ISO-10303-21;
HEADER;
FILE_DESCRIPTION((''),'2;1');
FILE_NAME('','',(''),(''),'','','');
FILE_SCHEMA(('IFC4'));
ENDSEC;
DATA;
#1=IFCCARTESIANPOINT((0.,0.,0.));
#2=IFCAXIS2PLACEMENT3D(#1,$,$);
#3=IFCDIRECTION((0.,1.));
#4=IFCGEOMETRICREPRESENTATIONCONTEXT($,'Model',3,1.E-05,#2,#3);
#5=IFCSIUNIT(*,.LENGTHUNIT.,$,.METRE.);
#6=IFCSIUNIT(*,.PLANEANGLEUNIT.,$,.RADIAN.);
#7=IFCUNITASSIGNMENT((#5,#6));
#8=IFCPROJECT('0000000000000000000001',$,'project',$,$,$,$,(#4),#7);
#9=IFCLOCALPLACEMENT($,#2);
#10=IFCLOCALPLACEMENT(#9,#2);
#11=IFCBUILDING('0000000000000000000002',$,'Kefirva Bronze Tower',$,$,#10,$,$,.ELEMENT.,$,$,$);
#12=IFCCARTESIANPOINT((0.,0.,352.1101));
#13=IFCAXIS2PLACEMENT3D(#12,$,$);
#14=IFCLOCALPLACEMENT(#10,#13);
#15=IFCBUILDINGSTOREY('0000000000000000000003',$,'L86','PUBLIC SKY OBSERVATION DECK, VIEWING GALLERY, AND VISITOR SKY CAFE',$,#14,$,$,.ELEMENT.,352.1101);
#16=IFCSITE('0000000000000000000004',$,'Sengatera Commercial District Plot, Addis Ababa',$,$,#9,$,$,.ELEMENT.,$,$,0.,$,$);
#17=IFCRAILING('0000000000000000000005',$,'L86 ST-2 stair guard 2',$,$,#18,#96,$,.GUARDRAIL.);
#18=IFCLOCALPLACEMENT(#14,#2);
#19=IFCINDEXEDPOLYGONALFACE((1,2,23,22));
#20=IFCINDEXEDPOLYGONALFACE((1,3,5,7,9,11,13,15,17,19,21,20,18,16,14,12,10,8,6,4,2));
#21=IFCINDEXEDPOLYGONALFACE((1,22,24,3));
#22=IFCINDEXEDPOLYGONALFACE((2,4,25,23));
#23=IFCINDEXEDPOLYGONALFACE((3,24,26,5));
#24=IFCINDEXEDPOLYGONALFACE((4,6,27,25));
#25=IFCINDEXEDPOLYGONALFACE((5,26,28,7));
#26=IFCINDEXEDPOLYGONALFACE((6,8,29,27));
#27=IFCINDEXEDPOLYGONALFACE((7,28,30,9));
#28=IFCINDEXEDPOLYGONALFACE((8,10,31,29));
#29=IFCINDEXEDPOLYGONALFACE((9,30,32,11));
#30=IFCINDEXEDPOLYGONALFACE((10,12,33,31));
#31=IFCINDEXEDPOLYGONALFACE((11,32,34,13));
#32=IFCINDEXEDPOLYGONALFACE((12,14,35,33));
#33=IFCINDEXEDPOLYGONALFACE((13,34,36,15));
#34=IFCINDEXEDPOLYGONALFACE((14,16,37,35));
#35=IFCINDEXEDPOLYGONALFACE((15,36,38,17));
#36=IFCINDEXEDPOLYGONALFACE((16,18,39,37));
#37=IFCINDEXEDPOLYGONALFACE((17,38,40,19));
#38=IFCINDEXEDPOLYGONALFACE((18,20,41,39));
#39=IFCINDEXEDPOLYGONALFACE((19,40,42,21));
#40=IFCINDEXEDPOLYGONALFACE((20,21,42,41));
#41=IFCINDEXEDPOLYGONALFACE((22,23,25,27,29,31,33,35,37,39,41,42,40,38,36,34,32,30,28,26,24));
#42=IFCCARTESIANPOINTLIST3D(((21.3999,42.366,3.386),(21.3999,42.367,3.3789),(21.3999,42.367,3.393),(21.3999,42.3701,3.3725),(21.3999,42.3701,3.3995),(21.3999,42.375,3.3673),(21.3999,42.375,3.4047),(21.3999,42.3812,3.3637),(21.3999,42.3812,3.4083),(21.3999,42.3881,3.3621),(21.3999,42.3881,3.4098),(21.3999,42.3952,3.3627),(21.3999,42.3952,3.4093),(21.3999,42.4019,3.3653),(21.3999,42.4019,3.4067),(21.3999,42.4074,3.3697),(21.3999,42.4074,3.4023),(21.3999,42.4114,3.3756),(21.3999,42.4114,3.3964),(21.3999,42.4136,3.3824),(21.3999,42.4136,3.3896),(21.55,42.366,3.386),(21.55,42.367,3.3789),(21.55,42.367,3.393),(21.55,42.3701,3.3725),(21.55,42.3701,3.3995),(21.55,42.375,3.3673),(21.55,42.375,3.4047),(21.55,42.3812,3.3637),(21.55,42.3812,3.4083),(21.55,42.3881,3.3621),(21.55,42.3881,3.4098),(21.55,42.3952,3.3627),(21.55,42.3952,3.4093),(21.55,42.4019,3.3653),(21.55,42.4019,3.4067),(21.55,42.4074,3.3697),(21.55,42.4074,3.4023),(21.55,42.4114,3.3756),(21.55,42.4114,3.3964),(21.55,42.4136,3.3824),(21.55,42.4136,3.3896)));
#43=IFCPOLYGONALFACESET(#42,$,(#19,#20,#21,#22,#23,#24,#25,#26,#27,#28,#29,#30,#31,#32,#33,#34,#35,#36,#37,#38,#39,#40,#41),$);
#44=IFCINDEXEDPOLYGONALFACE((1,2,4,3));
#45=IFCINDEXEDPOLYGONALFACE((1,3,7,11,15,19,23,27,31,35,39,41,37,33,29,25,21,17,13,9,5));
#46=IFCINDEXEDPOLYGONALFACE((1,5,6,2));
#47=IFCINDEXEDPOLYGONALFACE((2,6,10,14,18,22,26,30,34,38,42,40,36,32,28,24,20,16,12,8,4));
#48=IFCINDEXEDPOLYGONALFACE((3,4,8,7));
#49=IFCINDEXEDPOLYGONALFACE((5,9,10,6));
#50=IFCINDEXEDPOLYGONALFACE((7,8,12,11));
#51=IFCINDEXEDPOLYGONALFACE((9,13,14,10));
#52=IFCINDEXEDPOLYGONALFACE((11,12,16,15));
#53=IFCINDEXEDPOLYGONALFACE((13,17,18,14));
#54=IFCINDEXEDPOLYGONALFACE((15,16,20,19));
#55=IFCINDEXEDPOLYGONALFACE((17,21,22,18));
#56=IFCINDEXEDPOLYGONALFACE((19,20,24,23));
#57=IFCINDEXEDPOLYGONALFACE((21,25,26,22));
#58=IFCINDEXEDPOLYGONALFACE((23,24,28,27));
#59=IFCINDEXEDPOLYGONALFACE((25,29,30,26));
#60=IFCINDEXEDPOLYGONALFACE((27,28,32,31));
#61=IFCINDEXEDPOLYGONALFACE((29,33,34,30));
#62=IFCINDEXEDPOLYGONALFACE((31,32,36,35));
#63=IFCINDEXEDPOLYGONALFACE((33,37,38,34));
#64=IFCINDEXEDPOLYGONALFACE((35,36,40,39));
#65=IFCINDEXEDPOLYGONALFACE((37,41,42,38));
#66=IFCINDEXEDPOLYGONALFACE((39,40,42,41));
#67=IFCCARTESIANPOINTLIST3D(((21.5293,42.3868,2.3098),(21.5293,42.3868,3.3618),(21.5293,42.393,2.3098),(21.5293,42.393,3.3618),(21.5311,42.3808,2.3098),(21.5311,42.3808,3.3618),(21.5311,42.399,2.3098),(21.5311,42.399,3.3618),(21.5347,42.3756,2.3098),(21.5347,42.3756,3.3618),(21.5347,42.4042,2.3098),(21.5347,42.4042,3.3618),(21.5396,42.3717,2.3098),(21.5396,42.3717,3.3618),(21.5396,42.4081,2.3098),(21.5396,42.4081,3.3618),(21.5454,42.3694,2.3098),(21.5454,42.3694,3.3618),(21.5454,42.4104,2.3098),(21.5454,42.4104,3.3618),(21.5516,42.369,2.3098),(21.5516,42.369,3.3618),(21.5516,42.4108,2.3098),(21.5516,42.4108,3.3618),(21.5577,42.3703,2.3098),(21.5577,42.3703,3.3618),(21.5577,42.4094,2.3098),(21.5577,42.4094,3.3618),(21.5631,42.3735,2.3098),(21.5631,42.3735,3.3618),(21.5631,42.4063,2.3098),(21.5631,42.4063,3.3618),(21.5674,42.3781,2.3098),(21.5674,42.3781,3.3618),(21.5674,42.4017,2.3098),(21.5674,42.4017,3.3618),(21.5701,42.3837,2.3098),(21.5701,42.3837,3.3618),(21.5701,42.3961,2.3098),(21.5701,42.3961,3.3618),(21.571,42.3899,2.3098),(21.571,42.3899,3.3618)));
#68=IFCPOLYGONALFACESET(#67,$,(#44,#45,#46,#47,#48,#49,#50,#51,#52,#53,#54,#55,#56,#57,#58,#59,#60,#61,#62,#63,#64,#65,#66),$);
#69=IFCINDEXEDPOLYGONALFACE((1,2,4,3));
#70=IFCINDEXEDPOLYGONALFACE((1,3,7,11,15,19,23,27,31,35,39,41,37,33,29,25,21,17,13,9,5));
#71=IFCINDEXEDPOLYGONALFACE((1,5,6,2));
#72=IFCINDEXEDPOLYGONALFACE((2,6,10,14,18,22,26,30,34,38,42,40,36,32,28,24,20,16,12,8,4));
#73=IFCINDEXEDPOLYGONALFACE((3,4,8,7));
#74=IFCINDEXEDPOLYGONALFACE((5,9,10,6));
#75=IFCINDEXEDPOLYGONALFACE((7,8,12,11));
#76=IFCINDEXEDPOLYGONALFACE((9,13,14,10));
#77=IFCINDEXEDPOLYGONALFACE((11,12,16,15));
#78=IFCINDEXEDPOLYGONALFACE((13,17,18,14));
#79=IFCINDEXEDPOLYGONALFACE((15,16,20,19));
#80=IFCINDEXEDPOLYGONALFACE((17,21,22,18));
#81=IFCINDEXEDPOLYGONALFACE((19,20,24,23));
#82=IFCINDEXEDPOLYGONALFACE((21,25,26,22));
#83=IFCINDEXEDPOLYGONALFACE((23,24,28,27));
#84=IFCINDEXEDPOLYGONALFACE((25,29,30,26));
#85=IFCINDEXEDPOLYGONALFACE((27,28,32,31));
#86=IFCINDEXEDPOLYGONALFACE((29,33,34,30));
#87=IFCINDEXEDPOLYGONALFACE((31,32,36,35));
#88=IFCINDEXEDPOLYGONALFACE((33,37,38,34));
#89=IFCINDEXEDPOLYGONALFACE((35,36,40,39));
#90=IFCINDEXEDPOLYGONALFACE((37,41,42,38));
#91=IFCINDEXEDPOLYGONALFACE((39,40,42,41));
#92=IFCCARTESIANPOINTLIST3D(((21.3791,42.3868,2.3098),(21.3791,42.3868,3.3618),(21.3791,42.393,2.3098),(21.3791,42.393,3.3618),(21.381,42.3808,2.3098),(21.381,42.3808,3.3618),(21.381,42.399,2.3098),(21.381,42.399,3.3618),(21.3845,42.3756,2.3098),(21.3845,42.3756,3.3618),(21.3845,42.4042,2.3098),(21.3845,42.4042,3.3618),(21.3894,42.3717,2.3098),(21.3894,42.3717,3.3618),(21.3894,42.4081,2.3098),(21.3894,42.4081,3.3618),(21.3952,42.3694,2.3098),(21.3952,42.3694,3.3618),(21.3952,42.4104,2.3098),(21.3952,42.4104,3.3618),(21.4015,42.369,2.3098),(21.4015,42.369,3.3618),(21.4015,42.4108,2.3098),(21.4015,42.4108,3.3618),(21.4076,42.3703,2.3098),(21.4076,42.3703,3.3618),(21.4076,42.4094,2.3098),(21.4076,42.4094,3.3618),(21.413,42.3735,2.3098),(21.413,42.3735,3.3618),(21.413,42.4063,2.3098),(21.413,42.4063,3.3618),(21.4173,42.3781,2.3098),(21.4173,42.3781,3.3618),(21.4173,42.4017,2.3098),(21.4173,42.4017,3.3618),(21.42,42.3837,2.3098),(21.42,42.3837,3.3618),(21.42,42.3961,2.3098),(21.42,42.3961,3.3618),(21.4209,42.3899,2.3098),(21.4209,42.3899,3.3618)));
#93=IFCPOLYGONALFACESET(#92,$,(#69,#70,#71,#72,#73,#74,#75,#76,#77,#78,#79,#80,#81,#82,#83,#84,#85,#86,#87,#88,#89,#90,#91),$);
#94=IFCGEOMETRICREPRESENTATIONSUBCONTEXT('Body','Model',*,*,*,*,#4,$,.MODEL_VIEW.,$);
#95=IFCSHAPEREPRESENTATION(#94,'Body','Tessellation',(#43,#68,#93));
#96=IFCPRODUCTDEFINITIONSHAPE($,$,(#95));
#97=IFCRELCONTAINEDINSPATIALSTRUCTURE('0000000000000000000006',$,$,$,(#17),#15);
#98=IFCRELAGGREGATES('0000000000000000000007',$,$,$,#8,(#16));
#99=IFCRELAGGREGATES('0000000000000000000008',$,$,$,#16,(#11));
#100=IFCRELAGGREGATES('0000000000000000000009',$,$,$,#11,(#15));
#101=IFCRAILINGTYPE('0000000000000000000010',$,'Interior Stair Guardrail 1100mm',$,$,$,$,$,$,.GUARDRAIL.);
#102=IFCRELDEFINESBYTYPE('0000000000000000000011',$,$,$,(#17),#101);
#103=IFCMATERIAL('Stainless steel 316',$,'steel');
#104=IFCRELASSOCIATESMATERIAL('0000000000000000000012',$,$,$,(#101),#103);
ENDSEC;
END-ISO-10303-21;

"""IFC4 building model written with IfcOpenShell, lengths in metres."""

from ifc_helpers import new_model, si_unit, direction, frame, origin, origin_2d, place, context, subcontext, project, spatial, circle, extrude, material, type_object, element, save


model = new_model("IFC4")

# Units and contexts
model_context = context("Model", 3, precision=1e-05, world=origin(), true_north=direction((0.0, 1.0)))
body_context = subcontext(model_context, "Body", "Model", "MODEL_VIEW")
ifc_project = project(units=[si_unit("LENGTHUNIT", "METRE"), si_unit("PLANEANGLEUNIT", "RADIAN")], contexts=[model_context])

# Site, building, storey
site_placement = place(None, origin())
site = spatial("IfcSite", under=ifc_project, at=site_placement, Name="Sengatera Commercial District Plot, Addis Ababa", CompositionType="ELEMENT", RefElevation=0.0)
building_placement = place(site_placement, origin())
building = spatial("IfcBuilding", under=site, at=building_placement, Name="Kefirva Bronze Tower", CompositionType="ELEMENT")
storey_placement = place(building_placement, frame((0.0, 0.0, 352.1101)))
storey = spatial("IfcBuildingStorey", under=building, at=storey_placement, Name="L86", Description="PUBLIC SKY OBSERVATION DECK, VIEWING GALLERY, AND VISITOR SKY CAFE", CompositionType="ELEMENT", Elevation=352.1101)

# Railing
ifc_material_1 = material(Name="Stainless steel 316", Category="steel")
railing_type_1 = type_object("IfcRailingType", Name="Interior Stair Guardrail 1100mm", PredefinedType="GUARDRAIL", material=ifc_material_1)
railing_1_placement = place(storey_placement, frame((21.55, 42.3899, 2.3098)))
element("IfcRailing", 1, at=railing_1_placement, inside=storey, type_object=railing_type_1, Name="L86 ST-2 stair guard 2", PredefinedType="GUARDRAIL", context=body_context, shape_type="SweptSolid", body=[
    extrude(circle(Radius=0.0239, at=origin_2d()), frame((0.0, 0.0, 1.0762), z_axis=(-1.0, 0.0, 0.0), x_axis=(0.0, -1.0, 0.0)), (0.0, 0.0, 1.0), 0.1501),
    extrude(circle(Radius=0.021, at=origin_2d()), origin(), (0.0, 0.0, 1.0), 1.052),
    extrude(circle(Radius=0.021, at=origin_2d()), frame((-0.1501, 0.0, 0.0)), (0.0, 0.0, 1.0), 1.052),
])

save(model, "model.ifc")
